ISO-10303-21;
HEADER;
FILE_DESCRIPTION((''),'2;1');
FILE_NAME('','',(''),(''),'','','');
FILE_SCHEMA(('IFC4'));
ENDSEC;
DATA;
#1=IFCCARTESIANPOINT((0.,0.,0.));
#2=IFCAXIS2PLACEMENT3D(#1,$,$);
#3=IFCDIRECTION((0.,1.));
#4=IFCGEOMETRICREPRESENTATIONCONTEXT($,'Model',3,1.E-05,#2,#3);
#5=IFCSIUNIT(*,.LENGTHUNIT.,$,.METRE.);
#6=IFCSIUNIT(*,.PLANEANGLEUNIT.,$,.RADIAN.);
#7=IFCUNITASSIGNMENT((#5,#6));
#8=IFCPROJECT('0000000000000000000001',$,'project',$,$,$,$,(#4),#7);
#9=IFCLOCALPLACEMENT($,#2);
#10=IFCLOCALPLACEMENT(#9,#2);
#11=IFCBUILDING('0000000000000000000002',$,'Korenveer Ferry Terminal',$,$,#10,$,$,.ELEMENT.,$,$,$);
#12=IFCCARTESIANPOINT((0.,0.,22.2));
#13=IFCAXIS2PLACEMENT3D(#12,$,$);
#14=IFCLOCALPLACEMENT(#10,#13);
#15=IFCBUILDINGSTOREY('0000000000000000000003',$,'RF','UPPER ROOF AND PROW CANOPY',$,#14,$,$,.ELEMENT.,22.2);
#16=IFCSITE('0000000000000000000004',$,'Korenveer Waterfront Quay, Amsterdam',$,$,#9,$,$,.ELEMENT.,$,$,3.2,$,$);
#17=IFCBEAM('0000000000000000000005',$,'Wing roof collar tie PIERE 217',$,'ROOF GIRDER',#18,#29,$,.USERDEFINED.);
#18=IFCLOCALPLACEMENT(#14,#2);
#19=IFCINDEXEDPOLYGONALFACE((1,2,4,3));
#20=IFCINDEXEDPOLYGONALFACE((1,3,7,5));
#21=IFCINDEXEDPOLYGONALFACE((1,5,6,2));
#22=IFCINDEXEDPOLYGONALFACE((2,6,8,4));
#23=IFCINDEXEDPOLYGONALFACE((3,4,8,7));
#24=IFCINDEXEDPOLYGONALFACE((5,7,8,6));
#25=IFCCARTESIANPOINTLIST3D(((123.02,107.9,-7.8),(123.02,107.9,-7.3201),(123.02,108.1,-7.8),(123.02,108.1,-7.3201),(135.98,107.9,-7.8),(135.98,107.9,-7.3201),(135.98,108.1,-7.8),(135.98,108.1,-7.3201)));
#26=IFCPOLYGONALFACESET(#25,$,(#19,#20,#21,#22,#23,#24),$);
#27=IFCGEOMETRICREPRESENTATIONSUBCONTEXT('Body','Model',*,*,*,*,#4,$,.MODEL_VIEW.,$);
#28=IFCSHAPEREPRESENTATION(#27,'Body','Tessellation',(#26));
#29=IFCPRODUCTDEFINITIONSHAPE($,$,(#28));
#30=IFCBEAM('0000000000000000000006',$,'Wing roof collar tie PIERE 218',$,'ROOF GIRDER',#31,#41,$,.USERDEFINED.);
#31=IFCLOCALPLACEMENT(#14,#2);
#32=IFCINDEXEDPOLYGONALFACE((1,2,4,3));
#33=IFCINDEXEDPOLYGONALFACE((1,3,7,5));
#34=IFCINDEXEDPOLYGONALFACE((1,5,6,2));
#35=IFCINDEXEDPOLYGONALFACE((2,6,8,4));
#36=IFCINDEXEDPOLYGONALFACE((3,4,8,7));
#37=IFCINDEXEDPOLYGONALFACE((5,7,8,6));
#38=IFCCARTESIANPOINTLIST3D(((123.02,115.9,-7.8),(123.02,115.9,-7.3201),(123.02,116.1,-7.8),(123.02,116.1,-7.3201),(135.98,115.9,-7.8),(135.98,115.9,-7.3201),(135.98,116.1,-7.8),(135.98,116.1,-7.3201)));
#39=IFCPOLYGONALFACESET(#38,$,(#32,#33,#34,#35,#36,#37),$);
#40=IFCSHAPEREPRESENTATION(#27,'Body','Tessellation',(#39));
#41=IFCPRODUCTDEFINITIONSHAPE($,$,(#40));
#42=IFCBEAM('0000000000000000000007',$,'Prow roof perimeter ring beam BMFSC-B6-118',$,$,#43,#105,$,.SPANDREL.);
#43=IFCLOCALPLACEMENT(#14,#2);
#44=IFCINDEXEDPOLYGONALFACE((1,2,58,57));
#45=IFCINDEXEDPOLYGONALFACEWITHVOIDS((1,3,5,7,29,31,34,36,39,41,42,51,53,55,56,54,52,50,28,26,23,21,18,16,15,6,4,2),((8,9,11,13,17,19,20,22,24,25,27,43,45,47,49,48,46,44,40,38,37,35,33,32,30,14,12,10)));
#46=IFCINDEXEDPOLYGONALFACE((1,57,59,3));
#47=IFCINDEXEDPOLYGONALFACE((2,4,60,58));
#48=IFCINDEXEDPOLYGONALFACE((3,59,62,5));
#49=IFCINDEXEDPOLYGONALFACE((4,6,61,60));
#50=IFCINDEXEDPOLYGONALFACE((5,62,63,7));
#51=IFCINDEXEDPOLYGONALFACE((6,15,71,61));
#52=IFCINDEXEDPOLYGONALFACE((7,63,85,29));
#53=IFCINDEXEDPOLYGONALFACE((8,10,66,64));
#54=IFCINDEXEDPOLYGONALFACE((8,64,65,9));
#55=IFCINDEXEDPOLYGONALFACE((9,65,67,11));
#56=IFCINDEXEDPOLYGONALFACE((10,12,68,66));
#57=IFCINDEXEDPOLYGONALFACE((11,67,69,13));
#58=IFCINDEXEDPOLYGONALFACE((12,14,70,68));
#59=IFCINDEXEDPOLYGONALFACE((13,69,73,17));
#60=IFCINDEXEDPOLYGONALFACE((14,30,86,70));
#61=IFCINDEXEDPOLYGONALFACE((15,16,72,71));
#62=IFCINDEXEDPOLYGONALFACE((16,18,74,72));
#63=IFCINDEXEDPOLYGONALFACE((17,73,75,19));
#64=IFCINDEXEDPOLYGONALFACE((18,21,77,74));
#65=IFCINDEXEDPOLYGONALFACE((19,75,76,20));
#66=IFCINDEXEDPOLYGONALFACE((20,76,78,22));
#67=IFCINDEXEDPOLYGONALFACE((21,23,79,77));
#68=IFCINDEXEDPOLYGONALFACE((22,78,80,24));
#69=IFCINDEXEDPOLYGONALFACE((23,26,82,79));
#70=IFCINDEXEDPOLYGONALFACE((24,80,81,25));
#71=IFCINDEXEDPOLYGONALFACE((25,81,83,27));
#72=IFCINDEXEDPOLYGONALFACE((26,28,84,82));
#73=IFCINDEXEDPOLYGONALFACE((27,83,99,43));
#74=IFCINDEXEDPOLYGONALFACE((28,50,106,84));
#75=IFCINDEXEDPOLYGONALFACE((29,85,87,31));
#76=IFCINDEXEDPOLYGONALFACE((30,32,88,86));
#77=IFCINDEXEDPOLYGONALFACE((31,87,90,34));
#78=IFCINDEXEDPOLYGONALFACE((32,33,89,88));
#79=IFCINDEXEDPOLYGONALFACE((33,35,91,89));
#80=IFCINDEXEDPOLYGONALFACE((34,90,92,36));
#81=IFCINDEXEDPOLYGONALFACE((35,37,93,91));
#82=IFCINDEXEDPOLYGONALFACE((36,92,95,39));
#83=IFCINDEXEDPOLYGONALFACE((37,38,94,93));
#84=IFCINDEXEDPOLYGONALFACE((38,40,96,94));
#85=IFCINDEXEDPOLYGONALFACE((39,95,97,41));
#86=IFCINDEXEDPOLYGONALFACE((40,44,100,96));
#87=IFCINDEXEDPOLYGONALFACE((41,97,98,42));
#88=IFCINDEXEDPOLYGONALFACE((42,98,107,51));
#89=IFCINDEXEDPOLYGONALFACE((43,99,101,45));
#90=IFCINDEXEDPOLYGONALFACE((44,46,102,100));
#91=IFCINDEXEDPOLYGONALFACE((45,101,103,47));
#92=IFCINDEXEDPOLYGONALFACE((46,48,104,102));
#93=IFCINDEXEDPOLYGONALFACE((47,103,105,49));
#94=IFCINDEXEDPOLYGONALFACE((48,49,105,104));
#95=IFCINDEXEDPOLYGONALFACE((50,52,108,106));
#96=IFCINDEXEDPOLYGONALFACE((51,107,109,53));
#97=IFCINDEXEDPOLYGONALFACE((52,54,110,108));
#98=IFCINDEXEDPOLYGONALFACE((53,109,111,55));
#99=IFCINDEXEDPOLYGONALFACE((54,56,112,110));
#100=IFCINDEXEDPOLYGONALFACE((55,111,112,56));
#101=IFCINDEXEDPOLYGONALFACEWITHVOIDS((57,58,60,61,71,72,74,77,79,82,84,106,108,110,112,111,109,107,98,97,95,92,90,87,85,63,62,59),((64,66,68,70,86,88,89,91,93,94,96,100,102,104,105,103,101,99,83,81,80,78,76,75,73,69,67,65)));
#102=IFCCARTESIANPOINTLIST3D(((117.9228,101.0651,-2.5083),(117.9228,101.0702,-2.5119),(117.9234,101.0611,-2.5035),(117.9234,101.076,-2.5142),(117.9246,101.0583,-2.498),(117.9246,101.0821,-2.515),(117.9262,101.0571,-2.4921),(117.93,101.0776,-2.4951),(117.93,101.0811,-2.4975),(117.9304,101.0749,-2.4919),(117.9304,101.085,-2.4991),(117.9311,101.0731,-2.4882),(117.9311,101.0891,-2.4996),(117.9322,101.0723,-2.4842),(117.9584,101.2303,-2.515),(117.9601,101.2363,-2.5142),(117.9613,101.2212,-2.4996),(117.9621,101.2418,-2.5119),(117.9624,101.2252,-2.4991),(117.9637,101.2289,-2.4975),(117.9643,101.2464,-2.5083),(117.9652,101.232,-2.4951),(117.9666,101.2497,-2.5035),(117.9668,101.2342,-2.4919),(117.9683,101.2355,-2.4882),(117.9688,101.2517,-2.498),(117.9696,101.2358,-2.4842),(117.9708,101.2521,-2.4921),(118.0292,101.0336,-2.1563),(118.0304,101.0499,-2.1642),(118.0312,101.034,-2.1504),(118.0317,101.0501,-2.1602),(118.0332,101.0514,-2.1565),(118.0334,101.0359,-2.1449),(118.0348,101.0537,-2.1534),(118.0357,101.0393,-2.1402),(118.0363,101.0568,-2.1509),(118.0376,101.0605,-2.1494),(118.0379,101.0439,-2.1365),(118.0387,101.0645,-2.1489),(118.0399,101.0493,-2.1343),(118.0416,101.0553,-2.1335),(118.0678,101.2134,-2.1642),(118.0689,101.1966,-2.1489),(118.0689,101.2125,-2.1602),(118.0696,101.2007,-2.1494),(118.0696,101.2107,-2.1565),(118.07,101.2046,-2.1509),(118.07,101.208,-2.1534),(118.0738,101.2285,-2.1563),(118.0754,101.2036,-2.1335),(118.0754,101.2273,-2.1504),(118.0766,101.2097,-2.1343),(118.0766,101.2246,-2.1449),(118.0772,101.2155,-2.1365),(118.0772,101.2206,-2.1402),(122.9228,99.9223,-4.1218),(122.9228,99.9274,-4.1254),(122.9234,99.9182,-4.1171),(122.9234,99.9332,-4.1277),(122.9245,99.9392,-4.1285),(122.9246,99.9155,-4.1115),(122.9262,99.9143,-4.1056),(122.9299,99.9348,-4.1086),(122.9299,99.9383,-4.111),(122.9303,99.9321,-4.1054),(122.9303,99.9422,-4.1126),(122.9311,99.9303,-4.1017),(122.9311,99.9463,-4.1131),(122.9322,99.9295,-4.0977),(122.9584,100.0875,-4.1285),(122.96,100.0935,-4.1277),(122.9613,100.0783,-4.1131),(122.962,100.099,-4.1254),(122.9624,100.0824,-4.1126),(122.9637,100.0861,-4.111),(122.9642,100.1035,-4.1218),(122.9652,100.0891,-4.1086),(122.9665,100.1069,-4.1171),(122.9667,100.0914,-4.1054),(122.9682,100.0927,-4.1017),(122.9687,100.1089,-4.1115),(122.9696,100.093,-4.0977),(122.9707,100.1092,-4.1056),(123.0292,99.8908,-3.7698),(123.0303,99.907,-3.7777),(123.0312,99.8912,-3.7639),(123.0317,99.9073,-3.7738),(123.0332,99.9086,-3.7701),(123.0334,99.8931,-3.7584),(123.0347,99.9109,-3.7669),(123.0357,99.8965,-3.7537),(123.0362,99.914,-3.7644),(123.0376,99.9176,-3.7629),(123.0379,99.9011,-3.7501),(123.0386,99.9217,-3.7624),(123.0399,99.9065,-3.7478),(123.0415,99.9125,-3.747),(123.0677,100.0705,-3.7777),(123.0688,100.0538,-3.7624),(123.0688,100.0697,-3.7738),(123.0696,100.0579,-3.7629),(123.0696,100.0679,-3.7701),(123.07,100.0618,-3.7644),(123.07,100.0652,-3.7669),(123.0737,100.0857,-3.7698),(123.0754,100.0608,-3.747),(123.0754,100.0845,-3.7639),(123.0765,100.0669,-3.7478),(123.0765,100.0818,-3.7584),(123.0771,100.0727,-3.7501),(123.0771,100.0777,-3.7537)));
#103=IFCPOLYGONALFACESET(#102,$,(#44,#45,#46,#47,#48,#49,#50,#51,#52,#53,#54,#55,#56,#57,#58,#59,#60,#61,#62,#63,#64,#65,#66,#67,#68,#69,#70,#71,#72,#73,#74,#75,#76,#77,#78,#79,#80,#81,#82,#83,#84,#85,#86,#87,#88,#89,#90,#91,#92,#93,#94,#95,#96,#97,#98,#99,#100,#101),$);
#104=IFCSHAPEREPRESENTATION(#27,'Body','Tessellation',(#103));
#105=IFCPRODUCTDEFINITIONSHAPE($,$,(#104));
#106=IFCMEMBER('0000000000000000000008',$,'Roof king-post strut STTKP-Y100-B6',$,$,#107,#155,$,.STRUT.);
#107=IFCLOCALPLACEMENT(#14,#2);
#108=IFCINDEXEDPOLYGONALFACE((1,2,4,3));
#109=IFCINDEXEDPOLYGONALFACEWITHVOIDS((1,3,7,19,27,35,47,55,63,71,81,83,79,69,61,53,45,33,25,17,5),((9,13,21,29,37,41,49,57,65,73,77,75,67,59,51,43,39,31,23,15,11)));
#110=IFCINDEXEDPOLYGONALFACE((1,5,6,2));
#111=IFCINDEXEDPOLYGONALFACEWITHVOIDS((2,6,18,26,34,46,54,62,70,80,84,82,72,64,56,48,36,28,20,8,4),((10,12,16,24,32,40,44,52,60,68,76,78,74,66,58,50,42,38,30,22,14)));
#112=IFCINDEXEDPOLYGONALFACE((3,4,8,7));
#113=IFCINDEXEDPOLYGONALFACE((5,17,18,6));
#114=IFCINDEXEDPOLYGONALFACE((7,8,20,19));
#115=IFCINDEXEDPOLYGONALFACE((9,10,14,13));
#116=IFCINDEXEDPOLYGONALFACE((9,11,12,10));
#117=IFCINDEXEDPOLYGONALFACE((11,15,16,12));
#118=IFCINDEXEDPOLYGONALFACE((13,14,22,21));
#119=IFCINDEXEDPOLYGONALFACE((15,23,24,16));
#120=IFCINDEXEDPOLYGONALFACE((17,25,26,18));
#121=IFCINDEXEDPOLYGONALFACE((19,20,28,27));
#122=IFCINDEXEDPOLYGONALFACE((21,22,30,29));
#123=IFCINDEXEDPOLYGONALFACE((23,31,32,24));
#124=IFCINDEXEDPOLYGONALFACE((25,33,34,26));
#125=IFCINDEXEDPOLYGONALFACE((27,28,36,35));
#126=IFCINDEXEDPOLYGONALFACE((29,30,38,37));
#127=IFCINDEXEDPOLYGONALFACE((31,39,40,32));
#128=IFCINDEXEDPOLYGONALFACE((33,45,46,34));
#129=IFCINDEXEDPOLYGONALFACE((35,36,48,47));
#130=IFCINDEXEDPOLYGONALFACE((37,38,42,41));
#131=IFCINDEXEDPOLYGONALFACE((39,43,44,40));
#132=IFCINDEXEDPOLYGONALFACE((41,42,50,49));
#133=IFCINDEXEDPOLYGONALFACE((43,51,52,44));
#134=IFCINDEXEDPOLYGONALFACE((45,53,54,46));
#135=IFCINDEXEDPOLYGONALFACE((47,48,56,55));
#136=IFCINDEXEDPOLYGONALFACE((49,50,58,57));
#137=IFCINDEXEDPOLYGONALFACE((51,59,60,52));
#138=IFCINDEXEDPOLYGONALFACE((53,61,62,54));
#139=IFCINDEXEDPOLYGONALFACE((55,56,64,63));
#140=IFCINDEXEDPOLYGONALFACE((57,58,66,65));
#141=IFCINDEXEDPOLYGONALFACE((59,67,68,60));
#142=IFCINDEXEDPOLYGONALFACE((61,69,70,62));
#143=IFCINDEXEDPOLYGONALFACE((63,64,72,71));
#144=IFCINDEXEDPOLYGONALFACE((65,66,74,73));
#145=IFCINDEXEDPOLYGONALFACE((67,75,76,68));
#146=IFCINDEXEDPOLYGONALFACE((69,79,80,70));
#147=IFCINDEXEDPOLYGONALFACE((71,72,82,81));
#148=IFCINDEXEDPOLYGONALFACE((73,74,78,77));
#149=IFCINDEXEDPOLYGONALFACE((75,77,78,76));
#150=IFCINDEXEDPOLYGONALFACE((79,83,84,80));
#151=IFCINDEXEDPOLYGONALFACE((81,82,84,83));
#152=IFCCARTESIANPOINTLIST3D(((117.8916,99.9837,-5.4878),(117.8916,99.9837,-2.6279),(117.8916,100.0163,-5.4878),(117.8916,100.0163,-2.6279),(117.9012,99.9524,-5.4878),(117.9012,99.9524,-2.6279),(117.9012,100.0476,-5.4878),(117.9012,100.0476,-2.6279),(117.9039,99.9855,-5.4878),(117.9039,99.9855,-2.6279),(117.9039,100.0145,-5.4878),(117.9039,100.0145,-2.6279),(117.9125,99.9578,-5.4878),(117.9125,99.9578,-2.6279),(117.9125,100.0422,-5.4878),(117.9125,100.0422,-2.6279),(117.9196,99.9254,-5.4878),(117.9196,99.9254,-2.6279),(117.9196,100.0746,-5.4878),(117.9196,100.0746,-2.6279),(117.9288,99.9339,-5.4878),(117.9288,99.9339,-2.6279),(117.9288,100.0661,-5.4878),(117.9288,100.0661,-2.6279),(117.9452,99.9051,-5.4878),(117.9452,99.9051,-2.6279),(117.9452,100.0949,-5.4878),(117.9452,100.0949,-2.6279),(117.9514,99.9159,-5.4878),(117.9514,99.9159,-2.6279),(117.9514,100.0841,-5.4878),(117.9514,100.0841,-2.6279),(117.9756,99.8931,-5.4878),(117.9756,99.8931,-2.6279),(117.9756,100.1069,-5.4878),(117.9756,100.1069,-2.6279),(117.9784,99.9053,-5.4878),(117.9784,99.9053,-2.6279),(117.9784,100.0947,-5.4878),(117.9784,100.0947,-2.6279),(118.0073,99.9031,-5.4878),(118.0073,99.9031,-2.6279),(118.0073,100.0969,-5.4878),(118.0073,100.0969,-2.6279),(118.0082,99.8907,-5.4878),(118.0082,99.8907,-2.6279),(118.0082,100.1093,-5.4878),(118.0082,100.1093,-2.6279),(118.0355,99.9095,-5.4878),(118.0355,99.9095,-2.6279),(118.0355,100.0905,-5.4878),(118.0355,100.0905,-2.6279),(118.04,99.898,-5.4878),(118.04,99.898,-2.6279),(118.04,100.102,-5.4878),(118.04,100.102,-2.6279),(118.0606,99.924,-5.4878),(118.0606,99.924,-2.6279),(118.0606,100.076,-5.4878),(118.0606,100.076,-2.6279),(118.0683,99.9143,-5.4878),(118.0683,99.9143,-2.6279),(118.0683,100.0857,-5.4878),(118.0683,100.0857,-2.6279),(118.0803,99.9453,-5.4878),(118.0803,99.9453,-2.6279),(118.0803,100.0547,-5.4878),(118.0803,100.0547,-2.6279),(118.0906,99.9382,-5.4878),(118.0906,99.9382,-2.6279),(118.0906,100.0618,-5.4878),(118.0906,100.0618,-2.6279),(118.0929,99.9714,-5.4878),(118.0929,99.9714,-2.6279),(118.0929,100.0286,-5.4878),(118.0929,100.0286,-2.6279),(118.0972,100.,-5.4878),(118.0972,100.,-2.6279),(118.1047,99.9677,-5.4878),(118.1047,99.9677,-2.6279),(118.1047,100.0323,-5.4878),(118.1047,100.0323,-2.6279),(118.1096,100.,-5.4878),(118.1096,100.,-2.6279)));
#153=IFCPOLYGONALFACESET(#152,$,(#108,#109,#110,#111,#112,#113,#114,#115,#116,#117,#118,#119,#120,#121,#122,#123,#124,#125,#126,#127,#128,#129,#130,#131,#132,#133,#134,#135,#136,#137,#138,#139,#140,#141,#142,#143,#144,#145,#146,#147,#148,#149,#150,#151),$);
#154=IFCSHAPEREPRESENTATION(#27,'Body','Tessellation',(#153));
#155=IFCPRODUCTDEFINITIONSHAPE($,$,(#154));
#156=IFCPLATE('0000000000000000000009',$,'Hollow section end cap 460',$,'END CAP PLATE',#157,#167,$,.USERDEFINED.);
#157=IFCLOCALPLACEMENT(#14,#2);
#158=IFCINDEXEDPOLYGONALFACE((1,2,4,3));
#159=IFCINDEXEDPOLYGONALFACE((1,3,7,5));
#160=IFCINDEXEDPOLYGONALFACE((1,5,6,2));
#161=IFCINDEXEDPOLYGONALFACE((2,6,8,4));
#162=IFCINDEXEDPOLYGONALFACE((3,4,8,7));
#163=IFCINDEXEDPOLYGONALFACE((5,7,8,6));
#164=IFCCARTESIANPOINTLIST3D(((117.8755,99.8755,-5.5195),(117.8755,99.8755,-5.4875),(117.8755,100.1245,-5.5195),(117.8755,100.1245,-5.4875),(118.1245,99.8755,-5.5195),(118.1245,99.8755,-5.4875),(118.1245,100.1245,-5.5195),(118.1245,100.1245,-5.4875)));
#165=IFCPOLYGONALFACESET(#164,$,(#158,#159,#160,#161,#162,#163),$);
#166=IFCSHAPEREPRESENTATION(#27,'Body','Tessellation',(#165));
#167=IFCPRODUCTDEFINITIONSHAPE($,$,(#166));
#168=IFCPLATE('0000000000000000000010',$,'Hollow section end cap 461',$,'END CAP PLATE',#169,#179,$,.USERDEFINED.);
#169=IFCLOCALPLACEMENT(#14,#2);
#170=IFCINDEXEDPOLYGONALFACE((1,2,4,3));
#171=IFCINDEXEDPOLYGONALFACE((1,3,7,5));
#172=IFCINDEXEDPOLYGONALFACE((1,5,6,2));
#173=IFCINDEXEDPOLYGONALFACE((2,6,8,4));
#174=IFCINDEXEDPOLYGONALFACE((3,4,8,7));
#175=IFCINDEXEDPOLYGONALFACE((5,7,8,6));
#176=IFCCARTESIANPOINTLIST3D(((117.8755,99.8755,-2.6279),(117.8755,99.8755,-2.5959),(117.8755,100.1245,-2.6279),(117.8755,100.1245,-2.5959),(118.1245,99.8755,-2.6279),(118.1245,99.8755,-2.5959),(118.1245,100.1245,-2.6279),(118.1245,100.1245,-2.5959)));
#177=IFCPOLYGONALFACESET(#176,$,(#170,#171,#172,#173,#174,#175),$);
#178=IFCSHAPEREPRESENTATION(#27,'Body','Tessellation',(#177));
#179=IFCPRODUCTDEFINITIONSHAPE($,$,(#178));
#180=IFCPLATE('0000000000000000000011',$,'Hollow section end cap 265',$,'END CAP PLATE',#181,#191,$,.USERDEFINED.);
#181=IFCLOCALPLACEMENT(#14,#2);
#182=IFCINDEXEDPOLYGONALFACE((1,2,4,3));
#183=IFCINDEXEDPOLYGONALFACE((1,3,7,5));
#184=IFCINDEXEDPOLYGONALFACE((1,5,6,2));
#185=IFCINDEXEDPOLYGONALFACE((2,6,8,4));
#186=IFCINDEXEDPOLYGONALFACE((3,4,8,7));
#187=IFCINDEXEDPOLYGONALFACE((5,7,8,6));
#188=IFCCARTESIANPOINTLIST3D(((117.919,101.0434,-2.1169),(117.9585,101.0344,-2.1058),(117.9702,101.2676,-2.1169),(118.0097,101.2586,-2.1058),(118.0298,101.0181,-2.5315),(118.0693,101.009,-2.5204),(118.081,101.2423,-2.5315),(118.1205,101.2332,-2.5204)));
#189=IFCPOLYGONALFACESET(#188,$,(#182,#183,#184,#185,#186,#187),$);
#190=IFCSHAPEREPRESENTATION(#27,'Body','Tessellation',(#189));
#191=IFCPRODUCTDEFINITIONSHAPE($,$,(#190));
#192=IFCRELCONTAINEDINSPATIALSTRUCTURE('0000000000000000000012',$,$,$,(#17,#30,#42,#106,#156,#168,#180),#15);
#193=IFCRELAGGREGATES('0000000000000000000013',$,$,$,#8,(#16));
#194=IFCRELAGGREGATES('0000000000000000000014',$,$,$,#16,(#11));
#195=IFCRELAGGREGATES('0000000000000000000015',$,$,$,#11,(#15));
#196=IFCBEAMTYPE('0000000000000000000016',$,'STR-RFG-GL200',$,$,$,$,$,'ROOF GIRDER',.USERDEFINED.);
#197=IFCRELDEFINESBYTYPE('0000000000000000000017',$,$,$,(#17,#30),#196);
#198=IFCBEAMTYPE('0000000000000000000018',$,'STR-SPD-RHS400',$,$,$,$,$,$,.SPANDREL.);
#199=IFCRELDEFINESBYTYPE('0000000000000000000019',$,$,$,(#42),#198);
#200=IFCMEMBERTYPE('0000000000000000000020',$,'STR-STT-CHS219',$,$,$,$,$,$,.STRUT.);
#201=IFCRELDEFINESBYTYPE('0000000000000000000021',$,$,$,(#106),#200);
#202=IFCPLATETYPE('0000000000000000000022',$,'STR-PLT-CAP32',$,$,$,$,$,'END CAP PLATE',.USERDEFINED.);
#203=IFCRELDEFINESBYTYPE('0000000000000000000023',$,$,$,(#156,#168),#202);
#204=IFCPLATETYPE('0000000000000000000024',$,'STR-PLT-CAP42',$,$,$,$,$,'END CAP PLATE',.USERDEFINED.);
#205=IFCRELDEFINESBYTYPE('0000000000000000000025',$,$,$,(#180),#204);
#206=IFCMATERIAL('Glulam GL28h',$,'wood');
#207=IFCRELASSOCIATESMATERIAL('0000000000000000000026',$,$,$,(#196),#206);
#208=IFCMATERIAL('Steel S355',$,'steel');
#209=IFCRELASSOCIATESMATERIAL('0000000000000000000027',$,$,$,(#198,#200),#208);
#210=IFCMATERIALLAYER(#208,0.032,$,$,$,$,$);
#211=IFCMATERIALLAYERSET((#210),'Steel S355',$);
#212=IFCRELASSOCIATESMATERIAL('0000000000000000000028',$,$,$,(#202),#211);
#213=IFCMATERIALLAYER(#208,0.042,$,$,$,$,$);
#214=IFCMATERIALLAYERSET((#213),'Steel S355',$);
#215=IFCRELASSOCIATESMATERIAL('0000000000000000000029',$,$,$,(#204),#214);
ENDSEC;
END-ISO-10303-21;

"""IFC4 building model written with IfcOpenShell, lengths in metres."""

from ifc_helpers import new_model, si_unit, direction, frame, origin, origin_2d, place, context, subcontext, project, spatial, rectangle, hollow_rectangle, hollow_circle, extrude, material, layer, layer_set, material_profile, profile_set, type_object, element, save


model = new_model("IFC4")

# Units and contexts
model_context = context("Model", 3, precision=1e-05, world=origin(), true_north=direction((0.0, 1.0)))
body_context = subcontext(model_context, "Body", "Model", "MODEL_VIEW")
ifc_project = project(units=[si_unit("LENGTHUNIT", "METRE"), si_unit("PLANEANGLEUNIT", "RADIAN")], contexts=[model_context])

# Site, building, storey
site_placement = place(None, origin())
site = spatial("IfcSite", under=ifc_project, at=site_placement, Name="Korenveer Waterfront Quay, Amsterdam", CompositionType="ELEMENT", RefElevation=3.2)
building_placement = place(site_placement, origin())
building = spatial("IfcBuilding", under=site, at=building_placement, Name="Korenveer Ferry Terminal", CompositionType="ELEMENT")
storey_placement = place(building_placement, frame((0.0, 0.0, 22.2)))
storey = spatial("IfcBuildingStorey", under=building, at=storey_placement, Name="RF", Description="UPPER ROOF AND PROW CANOPY", CompositionType="ELEMENT", Elevation=22.2)

# Shared definitions
ifc_material_1 = material(Name="Steel S355", Category="steel")

# Beams
ifc_material_2 = material(Name="Glulam GL28h", Category="wood")
ifc_material_profile_1 = material_profile(ifc_material_2, rectangle(XDim=0.2, YDim=0.48, at=origin_2d()), Name="GL 200x480")
ifc_profile_set_1 = profile_set([ifc_material_profile_1], Name="Glulam GL28h")
beam_type_1 = type_object("IfcBeamType", Name="STR-RFG-GL200", ElementType="ROOF GIRDER", PredefinedType="USERDEFINED", material=ifc_profile_set_1)
for number, where, z_axis, x_axis, name in (
    (1, (123.02, 108.0, -7.5601), (1.0, 0.0, 0.0), (0.0, 1.0, 0.0), "Wing roof collar tie PIERE 217"),
    (2, (123.02, 116.0, -7.5601), (1.0, 0.0, 0.0), (0.0, 1.0, 0.0), "Wing roof collar tie PIERE 218"),
):
    element("IfcBeam", number, at=place(storey_placement, frame(where, z_axis=z_axis, x_axis=x_axis)), inside=storey, type_object=beam_type_1, Name=name, ObjectType="ROOF GIRDER", PredefinedType="USERDEFINED", context=body_context, shape_type="SweptSolid", body=[
        extrude(rectangle(XDim=0.2, YDim=0.48, at=origin_2d()), origin(), (0.0, 0.0, 1.0), 12.96),
    ])
ifc_material_profile_2 = material_profile(ifc_material_1, hollow_rectangle(XDim=0.2, YDim=0.3999, WallThickness=0.0161, InnerFilletRadius=0.0161, OuterFilletRadius=0.0239, at=origin_2d()), Name="RHS 400x200x16")
ifc_profile_set_2 = profile_set([ifc_material_profile_2], Name="Steel S355")
beam_type_2 = type_object("IfcBeamType", Name="STR-SPD-RHS400", PredefinedType="SPANDREL", material=ifc_profile_set_2)
beam_placement = place(storey_placement, frame((118.0, 101.1428, -2.3242), z_axis=(0.929929, -0.212549, -0.300093), x_axis=(0.222818, 0.97486, 0.0)))
element("IfcBeam", 3, at=beam_placement, inside=storey, type_object=beam_type_2, Name="Prow roof perimeter ring beam BMFSC-B6-118", PredefinedType="SPANDREL", context=body_context, shape_type="SweptSolid", body=[
    extrude(hollow_rectangle(XDim=0.2, YDim=0.3999, WallThickness=0.0161, InnerFilletRadius=0.0161, OuterFilletRadius=0.0239, at=origin_2d()), origin(), (0.0, 0.0, 1.0), 5.3767),
])

# Member
ifc_material_profile_3 = material_profile(ifc_material_1, hollow_circle(Radius=0.1096, WallThickness=0.0125, at=origin_2d()), Name="CHS 219.1x12.5")
ifc_profile_set_3 = profile_set([ifc_material_profile_3], Name="Steel S355")
member_type_1 = type_object("IfcMemberType", Name="STR-STT-CHS219", PredefinedType="STRUT", material=ifc_profile_set_3)
member_1_placement = place(storey_placement, frame((118.0, 100.0, -5.4878), z_axis=(0.0, 0.0, 1.0), x_axis=(1.0, 0.0, 0.0)))
element("IfcMember", 4, at=member_1_placement, inside=storey, type_object=member_type_1, Name="Roof king-post strut STTKP-Y100-B6", PredefinedType="STRUT", context=body_context, shape_type="SweptSolid", body=[
    extrude(hollow_circle(Radius=0.1096, WallThickness=0.0125, at=origin_2d()), origin(), (0.0, 0.0, 1.0), 2.8599),
])

# Plates
ifc_layer_1 = layer(ifc_material_1, 0.032)
ifc_layer_set_1 = layer_set([ifc_layer_1], Name="Steel S355")
plate_type_1 = type_object("IfcPlateType", Name="STR-PLT-CAP32", ElementType="END CAP PLATE", PredefinedType="USERDEFINED", material=ifc_layer_set_1)
for number, where, z_axis, x_axis, name in (
    (5, (118.0, 100.0, -5.5195), (0.0, 0.0, 1.0), (1.0, 0.0, 0.0), "Hollow section end cap 460"),
    (6, (118.0, 100.0, -2.6279), (0.0, 0.0, 1.0), (1.0, 0.0, 0.0), "Hollow section end cap 461"),
):
    element("IfcPlate", number, at=place(storey_placement, frame(where, z_axis=z_axis, x_axis=x_axis)), inside=storey, type_object=plate_type_1, Name=name, ObjectType="END CAP PLATE", PredefinedType="USERDEFINED", context=body_context, shape_type="SweptSolid", body=[
        extrude(rectangle(XDim=0.249, YDim=0.249, at=origin_2d()), origin(), (0.0, 0.0, 1.0), 0.032),
    ])
ifc_layer_2 = layer(ifc_material_1, 0.042)
ifc_layer_set_2 = layer_set([ifc_layer_2], Name="Steel S355")
plate_type_2 = type_object("IfcPlateType", Name="STR-PLT-CAP42", ElementType="END CAP PLATE", PredefinedType="USERDEFINED", material=ifc_layer_set_2)
for number, where, z_axis, x_axis, name in (
    (7, (118.0, 101.1428, -2.3242), (0.940175, -0.214897, 0.264366), (0.222825, 0.974859, 0.0), "Hollow section end cap 265"),
):
    element("IfcPlate", number, at=place(storey_placement, frame(where, z_axis=z_axis, x_axis=x_axis)), inside=storey, type_object=plate_type_2, Name=name, ObjectType="END CAP PLATE", PredefinedType="USERDEFINED", context=body_context, shape_type="SweptSolid", body=[
        extrude(rectangle(XDim=0.23, YDim=0.4299, at=origin_2d()), origin(), (0.0, 0.0, 1.0), 0.042),
    ])

save(model, "model.ifc")
